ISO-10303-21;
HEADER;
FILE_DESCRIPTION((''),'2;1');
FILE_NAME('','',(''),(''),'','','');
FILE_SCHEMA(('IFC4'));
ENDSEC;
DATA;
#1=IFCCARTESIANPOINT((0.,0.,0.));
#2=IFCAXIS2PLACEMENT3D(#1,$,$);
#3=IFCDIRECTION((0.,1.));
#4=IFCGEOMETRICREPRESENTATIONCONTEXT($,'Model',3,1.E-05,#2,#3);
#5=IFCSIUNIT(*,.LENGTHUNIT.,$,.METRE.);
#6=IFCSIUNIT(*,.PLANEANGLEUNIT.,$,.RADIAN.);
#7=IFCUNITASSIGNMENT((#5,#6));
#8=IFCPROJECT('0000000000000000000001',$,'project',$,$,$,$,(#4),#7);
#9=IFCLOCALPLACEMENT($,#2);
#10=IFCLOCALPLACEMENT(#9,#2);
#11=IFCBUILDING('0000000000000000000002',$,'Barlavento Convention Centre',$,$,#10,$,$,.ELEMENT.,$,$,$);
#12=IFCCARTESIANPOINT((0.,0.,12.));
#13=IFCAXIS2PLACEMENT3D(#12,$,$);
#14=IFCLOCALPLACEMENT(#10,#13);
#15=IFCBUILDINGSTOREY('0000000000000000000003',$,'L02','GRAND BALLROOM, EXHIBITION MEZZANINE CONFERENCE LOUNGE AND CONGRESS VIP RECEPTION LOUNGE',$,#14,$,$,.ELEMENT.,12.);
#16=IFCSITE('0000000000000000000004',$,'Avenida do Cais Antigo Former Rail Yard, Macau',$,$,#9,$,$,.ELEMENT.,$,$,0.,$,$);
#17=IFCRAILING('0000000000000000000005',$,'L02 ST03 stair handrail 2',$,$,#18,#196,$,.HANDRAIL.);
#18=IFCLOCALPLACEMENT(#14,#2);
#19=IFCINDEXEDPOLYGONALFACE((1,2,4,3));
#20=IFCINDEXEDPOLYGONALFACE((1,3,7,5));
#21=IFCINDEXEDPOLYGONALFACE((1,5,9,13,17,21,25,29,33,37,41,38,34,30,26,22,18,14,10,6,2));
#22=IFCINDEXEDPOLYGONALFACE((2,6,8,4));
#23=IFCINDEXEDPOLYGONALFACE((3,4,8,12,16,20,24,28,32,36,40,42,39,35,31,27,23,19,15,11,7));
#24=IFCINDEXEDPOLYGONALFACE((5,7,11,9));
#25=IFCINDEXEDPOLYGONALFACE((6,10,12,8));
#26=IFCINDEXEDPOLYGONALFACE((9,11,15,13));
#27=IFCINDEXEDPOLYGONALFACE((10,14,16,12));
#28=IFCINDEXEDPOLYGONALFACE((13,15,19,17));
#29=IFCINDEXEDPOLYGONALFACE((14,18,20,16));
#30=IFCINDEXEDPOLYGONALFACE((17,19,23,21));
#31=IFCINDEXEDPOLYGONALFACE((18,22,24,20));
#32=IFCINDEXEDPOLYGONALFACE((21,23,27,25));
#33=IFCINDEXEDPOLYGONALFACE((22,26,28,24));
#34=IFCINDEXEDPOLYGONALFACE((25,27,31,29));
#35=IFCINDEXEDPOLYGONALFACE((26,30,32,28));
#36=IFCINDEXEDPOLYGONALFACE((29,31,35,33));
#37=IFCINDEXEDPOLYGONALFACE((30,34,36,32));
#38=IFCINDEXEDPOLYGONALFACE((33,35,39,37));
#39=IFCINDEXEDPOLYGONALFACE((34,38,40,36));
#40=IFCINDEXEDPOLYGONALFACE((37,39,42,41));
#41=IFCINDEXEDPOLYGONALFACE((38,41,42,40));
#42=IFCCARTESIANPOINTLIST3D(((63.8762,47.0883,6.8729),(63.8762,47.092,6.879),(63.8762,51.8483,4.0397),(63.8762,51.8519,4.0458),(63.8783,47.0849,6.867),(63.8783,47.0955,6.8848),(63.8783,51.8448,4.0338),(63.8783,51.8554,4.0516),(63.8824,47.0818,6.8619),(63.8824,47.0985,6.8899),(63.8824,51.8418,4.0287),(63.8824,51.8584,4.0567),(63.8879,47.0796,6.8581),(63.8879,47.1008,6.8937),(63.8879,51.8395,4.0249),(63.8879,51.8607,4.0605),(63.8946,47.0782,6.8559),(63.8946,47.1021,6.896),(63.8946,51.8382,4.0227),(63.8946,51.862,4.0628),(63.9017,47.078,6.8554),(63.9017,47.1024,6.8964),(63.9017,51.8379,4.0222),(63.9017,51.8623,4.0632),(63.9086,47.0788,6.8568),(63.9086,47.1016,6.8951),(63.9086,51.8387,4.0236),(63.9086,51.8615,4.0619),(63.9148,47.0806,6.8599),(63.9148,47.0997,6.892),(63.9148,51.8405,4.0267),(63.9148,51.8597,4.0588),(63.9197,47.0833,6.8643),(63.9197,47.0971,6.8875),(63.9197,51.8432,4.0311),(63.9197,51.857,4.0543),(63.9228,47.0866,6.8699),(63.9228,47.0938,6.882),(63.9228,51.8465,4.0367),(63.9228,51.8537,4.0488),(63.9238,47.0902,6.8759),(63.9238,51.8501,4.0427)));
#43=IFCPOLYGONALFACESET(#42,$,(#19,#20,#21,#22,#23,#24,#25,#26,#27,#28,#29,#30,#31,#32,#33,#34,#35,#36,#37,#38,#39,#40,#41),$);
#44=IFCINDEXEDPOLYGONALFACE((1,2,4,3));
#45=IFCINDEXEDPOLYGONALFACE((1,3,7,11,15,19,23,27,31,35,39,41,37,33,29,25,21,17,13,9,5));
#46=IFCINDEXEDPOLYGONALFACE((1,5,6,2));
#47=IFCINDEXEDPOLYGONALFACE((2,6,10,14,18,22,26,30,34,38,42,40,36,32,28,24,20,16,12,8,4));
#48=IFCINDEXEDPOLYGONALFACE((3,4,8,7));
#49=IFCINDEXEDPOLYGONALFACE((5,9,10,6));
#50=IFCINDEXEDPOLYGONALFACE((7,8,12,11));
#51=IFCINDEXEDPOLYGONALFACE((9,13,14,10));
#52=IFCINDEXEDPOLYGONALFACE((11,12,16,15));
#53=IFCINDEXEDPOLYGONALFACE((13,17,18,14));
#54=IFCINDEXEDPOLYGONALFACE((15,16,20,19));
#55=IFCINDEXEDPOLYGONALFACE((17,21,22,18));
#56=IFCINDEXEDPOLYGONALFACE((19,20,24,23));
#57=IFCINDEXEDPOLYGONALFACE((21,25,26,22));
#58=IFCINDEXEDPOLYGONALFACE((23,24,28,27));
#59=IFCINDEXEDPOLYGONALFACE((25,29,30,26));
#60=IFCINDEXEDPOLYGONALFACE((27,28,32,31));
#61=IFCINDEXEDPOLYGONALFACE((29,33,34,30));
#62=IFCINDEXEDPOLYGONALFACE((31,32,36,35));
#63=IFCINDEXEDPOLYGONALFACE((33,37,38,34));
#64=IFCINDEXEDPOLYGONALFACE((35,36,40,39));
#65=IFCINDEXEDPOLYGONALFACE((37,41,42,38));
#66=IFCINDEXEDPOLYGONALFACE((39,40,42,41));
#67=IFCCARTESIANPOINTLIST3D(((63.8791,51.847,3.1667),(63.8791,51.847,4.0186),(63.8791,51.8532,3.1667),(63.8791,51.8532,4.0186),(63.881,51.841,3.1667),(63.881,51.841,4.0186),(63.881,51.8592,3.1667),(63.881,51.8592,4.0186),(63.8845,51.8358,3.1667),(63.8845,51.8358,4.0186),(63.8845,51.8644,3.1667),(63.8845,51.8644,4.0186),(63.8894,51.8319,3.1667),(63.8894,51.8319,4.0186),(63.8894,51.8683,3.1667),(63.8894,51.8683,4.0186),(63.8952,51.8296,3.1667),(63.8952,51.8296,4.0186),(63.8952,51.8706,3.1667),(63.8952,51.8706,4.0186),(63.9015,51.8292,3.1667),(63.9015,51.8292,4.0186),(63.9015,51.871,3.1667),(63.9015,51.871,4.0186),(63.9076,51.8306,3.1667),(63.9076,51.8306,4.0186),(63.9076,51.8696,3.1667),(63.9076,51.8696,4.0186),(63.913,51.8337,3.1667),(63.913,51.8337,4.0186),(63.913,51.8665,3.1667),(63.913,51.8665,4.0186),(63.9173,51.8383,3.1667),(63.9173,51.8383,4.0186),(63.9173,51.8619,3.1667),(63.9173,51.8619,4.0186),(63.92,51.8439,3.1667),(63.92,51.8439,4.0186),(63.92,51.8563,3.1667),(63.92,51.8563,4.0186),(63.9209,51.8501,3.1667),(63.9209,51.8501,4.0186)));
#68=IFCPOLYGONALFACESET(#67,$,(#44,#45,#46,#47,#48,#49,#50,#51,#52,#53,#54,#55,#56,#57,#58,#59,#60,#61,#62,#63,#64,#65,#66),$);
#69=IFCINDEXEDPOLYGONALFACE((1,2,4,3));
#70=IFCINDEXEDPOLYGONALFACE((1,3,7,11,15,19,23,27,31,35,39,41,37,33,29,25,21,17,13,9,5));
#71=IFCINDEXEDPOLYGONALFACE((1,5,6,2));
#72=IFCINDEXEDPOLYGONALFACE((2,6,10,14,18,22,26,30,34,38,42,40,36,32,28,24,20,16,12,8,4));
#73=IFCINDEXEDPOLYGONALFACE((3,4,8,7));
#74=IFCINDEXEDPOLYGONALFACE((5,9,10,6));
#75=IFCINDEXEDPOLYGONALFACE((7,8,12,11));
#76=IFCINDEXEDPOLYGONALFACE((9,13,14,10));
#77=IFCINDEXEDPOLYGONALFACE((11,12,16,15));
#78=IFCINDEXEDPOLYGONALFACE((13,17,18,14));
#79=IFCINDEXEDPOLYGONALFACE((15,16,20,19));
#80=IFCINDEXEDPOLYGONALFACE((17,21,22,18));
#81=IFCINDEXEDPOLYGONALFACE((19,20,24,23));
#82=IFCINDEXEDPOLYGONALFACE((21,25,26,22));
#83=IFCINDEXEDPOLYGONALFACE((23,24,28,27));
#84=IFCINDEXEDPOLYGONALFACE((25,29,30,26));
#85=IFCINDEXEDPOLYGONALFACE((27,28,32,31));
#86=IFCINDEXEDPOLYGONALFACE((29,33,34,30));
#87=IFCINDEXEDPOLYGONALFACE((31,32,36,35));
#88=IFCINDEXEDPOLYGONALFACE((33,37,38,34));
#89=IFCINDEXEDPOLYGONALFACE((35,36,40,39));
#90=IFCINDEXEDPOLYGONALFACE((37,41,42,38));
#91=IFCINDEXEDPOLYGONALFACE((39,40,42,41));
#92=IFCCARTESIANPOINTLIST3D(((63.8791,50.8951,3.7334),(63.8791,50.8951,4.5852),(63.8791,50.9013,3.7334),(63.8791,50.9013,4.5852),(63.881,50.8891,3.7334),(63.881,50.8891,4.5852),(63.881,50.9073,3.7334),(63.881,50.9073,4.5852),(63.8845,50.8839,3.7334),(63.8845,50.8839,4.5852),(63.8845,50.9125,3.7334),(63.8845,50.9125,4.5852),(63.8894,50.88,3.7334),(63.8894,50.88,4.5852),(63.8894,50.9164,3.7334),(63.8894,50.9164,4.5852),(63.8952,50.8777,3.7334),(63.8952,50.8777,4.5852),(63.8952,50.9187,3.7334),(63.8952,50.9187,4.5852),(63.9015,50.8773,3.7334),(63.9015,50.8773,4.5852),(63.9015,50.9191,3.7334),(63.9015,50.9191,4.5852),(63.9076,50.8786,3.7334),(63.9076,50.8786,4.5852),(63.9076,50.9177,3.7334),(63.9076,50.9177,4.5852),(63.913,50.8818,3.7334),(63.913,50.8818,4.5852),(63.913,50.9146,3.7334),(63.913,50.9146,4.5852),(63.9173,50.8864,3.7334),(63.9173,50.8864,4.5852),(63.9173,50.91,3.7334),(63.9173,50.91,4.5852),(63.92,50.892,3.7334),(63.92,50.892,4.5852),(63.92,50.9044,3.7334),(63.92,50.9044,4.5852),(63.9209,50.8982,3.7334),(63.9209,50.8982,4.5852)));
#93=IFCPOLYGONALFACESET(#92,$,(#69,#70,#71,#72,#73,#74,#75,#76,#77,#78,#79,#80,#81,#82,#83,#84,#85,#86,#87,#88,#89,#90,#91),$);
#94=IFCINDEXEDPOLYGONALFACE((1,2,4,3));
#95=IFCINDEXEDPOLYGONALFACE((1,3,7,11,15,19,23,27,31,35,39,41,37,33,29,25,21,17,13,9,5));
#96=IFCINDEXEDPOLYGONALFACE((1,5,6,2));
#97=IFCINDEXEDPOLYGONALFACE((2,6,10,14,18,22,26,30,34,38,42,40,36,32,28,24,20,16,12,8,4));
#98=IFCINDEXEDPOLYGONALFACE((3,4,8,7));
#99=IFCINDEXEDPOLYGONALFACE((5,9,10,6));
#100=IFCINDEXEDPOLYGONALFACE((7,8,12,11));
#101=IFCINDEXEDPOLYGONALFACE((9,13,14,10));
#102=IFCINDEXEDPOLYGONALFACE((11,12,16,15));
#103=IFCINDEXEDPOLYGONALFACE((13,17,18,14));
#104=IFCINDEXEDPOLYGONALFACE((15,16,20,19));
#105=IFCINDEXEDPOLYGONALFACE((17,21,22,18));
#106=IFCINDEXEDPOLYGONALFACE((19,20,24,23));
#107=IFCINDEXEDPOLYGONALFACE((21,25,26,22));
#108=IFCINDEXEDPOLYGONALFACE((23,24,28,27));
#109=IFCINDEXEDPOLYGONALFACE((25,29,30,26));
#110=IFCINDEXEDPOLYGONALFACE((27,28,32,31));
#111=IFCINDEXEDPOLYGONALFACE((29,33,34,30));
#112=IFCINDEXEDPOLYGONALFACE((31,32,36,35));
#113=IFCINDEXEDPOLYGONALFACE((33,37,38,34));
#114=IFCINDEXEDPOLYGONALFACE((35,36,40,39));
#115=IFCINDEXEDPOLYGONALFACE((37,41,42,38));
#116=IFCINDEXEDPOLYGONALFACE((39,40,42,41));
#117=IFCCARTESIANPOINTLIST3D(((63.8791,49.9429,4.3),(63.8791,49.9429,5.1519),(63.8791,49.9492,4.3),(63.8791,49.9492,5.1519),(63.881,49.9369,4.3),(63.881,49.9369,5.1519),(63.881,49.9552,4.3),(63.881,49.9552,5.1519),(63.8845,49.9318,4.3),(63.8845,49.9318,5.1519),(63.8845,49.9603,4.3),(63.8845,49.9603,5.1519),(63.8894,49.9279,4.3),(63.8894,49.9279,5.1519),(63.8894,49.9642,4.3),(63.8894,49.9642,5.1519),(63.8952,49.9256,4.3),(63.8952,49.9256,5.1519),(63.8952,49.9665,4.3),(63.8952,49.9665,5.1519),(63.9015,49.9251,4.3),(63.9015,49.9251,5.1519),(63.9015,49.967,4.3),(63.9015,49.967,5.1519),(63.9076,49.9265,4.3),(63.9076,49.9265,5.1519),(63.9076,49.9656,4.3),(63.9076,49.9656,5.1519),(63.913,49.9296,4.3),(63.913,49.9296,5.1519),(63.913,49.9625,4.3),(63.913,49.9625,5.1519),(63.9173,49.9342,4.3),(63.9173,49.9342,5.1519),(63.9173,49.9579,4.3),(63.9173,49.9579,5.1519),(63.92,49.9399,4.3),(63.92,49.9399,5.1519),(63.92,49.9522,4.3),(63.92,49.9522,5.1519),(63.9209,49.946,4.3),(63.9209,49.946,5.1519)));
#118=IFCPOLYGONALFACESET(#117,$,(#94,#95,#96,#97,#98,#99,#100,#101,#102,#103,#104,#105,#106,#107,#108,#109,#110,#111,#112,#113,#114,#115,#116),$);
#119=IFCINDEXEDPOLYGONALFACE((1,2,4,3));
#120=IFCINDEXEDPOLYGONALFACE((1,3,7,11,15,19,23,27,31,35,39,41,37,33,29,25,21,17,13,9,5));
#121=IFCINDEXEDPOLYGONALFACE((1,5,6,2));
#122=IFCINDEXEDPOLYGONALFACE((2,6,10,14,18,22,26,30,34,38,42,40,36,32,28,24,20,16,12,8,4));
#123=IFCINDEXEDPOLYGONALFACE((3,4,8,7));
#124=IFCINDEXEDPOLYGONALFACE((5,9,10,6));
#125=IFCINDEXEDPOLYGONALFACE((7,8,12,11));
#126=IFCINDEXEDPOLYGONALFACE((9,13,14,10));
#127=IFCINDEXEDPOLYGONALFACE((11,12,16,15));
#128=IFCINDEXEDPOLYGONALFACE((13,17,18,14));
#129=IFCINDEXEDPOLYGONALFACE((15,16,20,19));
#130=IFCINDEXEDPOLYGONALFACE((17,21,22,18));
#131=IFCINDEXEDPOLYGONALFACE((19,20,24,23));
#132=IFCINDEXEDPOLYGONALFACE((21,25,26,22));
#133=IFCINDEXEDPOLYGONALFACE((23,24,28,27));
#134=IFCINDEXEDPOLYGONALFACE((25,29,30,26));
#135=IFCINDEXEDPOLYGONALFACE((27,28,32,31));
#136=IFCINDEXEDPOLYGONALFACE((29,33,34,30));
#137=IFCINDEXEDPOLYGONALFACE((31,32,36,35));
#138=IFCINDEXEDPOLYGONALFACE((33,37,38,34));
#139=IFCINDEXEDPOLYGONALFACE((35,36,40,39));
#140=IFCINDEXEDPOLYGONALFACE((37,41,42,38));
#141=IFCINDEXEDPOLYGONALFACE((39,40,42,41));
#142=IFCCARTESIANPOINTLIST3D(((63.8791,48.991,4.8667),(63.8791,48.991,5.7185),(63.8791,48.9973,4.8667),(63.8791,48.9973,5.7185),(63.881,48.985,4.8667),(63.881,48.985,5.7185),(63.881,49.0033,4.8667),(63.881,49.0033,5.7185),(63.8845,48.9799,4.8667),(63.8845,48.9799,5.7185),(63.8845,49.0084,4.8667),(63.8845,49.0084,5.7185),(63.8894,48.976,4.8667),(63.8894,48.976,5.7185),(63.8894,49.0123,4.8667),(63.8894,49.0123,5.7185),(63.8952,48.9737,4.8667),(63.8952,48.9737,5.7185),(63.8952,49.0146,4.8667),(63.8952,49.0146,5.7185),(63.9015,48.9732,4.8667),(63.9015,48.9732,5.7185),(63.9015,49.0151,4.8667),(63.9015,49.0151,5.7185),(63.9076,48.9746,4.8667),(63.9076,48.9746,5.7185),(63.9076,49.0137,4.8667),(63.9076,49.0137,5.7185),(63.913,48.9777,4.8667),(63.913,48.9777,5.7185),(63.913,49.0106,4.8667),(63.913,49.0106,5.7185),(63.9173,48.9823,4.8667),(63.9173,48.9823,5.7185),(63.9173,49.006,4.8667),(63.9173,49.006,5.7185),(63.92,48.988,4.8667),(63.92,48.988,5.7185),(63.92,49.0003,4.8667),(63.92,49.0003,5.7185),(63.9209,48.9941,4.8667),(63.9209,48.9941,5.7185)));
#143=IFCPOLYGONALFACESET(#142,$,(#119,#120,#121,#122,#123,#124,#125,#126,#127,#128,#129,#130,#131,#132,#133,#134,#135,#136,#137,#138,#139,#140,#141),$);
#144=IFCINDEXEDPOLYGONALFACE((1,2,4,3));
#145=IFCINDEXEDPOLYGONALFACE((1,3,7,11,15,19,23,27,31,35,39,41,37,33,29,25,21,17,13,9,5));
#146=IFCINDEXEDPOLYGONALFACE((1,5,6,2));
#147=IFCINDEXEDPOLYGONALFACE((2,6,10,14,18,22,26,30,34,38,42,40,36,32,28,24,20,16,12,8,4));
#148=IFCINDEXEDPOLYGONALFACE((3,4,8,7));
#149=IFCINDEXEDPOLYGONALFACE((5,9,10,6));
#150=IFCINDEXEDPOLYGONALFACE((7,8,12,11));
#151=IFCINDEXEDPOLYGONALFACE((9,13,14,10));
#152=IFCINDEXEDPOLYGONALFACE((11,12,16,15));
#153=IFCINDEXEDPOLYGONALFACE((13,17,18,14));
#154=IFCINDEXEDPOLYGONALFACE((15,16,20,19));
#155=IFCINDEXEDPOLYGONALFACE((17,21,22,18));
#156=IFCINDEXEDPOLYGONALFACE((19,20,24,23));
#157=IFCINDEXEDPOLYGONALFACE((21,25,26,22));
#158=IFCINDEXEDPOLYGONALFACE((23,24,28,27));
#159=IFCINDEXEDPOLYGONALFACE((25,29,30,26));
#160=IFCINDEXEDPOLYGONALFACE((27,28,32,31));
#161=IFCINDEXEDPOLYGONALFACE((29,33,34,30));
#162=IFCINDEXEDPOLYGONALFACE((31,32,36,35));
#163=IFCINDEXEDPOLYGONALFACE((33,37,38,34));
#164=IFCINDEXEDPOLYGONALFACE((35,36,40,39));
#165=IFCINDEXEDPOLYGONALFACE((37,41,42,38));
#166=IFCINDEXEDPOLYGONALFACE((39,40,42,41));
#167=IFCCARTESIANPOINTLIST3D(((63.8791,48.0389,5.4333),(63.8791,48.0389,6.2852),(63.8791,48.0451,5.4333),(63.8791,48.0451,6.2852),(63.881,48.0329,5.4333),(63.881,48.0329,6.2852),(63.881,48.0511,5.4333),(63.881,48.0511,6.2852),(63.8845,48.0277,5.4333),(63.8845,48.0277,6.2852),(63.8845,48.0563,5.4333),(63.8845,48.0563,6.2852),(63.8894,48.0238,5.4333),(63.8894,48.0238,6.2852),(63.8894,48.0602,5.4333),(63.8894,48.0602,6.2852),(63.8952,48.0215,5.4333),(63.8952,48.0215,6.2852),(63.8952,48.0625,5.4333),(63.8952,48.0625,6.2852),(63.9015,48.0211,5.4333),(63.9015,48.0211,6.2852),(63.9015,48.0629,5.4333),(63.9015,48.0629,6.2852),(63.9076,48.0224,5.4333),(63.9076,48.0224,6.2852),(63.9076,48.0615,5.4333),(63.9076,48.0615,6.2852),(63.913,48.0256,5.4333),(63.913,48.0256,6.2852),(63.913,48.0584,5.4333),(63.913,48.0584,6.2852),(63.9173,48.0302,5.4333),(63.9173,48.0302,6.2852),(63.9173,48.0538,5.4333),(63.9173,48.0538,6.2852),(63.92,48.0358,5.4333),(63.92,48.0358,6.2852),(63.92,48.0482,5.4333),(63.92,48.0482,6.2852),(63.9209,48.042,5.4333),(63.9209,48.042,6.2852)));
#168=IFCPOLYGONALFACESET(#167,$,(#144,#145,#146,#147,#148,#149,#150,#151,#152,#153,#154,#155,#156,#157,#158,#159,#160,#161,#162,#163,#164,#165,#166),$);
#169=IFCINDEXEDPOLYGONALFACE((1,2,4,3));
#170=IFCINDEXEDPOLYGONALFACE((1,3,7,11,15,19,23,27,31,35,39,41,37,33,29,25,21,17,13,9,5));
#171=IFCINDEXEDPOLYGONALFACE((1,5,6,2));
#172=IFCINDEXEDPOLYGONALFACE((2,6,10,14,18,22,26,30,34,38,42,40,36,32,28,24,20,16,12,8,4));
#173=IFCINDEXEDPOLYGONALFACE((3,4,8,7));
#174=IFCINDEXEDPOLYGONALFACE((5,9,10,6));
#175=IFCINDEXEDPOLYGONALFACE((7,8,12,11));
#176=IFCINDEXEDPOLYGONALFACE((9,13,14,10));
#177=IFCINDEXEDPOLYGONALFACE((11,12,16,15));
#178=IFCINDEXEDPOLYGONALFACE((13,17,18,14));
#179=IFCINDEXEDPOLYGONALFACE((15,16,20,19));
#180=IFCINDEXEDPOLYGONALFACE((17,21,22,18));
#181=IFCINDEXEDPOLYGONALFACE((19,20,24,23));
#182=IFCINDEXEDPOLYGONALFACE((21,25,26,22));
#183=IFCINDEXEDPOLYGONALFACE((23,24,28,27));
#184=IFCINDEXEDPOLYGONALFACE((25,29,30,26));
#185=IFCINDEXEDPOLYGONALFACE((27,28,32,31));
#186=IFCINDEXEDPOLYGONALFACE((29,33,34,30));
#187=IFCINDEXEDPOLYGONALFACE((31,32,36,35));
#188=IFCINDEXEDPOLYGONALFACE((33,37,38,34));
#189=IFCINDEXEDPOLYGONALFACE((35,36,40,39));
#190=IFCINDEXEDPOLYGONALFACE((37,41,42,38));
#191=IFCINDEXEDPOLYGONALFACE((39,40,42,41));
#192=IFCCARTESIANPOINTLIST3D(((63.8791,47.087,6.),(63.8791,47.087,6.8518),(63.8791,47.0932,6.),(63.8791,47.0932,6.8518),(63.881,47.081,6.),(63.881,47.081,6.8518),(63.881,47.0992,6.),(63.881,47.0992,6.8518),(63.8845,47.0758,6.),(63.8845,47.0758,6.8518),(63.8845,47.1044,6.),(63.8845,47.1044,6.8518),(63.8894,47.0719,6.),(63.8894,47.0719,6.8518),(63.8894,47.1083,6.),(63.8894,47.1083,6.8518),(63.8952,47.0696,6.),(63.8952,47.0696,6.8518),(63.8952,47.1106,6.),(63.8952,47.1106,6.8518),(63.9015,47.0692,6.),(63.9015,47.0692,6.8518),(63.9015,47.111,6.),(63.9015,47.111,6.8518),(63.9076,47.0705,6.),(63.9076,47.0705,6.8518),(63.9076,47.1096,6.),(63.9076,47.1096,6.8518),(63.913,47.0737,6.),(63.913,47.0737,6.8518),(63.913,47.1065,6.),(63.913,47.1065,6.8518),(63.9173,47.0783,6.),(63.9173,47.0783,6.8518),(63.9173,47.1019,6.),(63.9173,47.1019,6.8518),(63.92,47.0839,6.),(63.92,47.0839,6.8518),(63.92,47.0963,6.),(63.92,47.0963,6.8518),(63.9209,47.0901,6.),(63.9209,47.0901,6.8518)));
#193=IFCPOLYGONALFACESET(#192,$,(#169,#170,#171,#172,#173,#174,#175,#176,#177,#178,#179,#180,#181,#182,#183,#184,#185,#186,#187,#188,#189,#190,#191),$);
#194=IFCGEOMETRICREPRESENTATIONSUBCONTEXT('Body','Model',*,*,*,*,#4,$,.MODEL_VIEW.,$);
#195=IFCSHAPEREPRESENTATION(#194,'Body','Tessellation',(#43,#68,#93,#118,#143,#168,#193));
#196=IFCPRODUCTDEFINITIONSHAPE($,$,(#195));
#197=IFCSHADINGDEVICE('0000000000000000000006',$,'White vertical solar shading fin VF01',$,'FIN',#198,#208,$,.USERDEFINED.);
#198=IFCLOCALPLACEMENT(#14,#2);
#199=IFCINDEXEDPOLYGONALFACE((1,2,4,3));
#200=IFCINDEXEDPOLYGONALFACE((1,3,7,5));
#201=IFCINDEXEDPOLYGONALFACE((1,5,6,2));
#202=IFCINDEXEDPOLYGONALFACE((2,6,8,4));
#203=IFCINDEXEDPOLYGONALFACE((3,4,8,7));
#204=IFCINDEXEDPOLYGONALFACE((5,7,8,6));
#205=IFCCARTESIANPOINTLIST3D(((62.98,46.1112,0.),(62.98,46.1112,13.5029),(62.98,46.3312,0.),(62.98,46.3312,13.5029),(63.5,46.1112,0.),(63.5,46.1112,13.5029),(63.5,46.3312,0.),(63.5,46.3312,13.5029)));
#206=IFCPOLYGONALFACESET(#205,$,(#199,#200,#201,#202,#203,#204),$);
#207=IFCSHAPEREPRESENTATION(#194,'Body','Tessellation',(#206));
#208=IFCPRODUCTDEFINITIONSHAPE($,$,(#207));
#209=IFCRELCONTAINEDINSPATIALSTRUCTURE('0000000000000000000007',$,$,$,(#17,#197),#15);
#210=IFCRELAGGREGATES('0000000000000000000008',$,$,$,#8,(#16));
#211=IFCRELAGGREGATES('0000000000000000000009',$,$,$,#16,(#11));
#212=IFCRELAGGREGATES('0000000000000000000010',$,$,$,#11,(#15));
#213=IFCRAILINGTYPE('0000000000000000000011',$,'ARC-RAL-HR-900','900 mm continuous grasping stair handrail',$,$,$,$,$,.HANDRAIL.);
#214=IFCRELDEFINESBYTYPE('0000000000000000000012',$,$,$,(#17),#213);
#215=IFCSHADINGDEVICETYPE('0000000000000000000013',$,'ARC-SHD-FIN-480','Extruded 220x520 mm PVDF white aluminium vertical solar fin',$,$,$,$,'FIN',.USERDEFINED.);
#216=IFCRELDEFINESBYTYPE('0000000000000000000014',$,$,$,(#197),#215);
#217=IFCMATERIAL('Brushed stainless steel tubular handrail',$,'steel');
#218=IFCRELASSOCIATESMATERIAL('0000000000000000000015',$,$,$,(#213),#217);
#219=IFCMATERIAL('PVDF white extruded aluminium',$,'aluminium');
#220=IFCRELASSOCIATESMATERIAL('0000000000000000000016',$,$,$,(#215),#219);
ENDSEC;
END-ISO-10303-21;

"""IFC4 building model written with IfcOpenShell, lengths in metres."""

from ifc_helpers import new_model, si_unit, direction, frame, origin, origin_2d, place, context, subcontext, project, spatial, rectangle, circle, extrude, material, type_object, element, save


model = new_model("IFC4")

# Units and contexts
model_context = context("Model", 3, precision=1e-05, world=origin(), true_north=direction((0.0, 1.0)))
body_context = subcontext(model_context, "Body", "Model", "MODEL_VIEW")
ifc_project = project(units=[si_unit("LENGTHUNIT", "METRE"), si_unit("PLANEANGLEUNIT", "RADIAN")], contexts=[model_context])

# Site, building, storey
site_placement = place(None, origin())
site = spatial("IfcSite", under=ifc_project, at=site_placement, Name="Avenida do Cais Antigo Former Rail Yard, Macau", CompositionType="ELEMENT", RefElevation=0.0)
building_placement = place(site_placement, origin())
building = spatial("IfcBuilding", under=site, at=building_placement, Name="Barlavento Convention Centre", CompositionType="ELEMENT")
storey_placement = place(building_placement, frame((0.0, 0.0, 12.0)))
storey = spatial("IfcBuildingStorey", under=building, at=storey_placement, Name="L02", Description="GRAND BALLROOM, EXHIBITION MEZZANINE CONFERENCE LOUNGE AND CONGRESS VIP RECEPTION LOUNGE", CompositionType="ELEMENT", Elevation=12.0)

# Railing
ifc_material_1 = material(Name="Brushed stainless steel tubular handrail", Category="steel")
railing_type_1 = type_object("IfcRailingType", Name="ARC-RAL-HR-900", Description="900 mm continuous grasping stair handrail", PredefinedType="HANDRAIL", material=ifc_material_1)
railing_1_placement = place(storey_placement, frame((63.8999, 51.8501, 3.1667)))
element("IfcRailing", 1, at=railing_1_placement, inside=storey, type_object=railing_type_1, Name="L02 ST03 stair handrail 2", PredefinedType="HANDRAIL", context=body_context, shape_type="SweptSolid", body=[
    extrude(circle(Radius=0.0239, at=origin_2d()), frame((0.0, 0.0, 0.876), z_axis=(0.0, -0.8593, 0.511472), x_axis=(1.0, 0.0, 0.0)), (0.0, 0.0, 1.0), 5.5393),
    extrude(circle(Radius=0.021, at=origin_2d()), origin(), (0.0, 0.0, 1.0), 0.8518),
    extrude(circle(Radius=0.021, at=origin_2d()), frame((0.0, -0.9519, 0.5667)), (0.0, 0.0, 1.0), 0.8518),
    extrude(circle(Radius=0.021, at=origin_2d()), frame((0.0, -1.9041, 1.1333)), (0.0, 0.0, 1.0), 0.8518),
    extrude(circle(Radius=0.021, at=origin_2d()), frame((0.0, -2.856, 1.7)), (0.0, 0.0, 1.0), 0.8518),
    extrude(circle(Radius=0.021, at=origin_2d()), frame((0.0, -3.8081, 2.2666)), (0.0, 0.0, 1.0), 0.8518),
    extrude(circle(Radius=0.021, at=origin_2d()), frame((0.0, -4.76, 2.8333)), (0.0, 0.0, 1.0), 0.8518),
])

# Shading device
ifc_material_2 = material(Name="PVDF white extruded aluminium", Category="aluminium")
shading_device_type = type_object("IfcShadingDeviceType", Name="ARC-SHD-FIN-480", Description="Extruded 220x520 mm PVDF white aluminium vertical solar fin", ElementType="FIN", PredefinedType="USERDEFINED", material=ifc_material_2)
for number, where, z_axis, x_axis, name in (
    (2, (63.24, 46.2212, 0.0), (0.0, 0.0, 1.0), (0.0, 1.0, 0.0), "White vertical solar shading fin VF01"),
):
    element("IfcShadingDevice", number, at=place(storey_placement, frame(where, z_axis=z_axis, x_axis=x_axis)), inside=storey, type_object=shading_device_type, Name=name, ObjectType="FIN", PredefinedType="USERDEFINED", context=body_context, shape_type="SweptSolid", body=[
        extrude(rectangle(XDim=0.22, YDim=0.52, at=origin_2d()), origin(), (0.0, 0.0, 1.0), 13.5029),
    ])

save(model, "model.ifc")
